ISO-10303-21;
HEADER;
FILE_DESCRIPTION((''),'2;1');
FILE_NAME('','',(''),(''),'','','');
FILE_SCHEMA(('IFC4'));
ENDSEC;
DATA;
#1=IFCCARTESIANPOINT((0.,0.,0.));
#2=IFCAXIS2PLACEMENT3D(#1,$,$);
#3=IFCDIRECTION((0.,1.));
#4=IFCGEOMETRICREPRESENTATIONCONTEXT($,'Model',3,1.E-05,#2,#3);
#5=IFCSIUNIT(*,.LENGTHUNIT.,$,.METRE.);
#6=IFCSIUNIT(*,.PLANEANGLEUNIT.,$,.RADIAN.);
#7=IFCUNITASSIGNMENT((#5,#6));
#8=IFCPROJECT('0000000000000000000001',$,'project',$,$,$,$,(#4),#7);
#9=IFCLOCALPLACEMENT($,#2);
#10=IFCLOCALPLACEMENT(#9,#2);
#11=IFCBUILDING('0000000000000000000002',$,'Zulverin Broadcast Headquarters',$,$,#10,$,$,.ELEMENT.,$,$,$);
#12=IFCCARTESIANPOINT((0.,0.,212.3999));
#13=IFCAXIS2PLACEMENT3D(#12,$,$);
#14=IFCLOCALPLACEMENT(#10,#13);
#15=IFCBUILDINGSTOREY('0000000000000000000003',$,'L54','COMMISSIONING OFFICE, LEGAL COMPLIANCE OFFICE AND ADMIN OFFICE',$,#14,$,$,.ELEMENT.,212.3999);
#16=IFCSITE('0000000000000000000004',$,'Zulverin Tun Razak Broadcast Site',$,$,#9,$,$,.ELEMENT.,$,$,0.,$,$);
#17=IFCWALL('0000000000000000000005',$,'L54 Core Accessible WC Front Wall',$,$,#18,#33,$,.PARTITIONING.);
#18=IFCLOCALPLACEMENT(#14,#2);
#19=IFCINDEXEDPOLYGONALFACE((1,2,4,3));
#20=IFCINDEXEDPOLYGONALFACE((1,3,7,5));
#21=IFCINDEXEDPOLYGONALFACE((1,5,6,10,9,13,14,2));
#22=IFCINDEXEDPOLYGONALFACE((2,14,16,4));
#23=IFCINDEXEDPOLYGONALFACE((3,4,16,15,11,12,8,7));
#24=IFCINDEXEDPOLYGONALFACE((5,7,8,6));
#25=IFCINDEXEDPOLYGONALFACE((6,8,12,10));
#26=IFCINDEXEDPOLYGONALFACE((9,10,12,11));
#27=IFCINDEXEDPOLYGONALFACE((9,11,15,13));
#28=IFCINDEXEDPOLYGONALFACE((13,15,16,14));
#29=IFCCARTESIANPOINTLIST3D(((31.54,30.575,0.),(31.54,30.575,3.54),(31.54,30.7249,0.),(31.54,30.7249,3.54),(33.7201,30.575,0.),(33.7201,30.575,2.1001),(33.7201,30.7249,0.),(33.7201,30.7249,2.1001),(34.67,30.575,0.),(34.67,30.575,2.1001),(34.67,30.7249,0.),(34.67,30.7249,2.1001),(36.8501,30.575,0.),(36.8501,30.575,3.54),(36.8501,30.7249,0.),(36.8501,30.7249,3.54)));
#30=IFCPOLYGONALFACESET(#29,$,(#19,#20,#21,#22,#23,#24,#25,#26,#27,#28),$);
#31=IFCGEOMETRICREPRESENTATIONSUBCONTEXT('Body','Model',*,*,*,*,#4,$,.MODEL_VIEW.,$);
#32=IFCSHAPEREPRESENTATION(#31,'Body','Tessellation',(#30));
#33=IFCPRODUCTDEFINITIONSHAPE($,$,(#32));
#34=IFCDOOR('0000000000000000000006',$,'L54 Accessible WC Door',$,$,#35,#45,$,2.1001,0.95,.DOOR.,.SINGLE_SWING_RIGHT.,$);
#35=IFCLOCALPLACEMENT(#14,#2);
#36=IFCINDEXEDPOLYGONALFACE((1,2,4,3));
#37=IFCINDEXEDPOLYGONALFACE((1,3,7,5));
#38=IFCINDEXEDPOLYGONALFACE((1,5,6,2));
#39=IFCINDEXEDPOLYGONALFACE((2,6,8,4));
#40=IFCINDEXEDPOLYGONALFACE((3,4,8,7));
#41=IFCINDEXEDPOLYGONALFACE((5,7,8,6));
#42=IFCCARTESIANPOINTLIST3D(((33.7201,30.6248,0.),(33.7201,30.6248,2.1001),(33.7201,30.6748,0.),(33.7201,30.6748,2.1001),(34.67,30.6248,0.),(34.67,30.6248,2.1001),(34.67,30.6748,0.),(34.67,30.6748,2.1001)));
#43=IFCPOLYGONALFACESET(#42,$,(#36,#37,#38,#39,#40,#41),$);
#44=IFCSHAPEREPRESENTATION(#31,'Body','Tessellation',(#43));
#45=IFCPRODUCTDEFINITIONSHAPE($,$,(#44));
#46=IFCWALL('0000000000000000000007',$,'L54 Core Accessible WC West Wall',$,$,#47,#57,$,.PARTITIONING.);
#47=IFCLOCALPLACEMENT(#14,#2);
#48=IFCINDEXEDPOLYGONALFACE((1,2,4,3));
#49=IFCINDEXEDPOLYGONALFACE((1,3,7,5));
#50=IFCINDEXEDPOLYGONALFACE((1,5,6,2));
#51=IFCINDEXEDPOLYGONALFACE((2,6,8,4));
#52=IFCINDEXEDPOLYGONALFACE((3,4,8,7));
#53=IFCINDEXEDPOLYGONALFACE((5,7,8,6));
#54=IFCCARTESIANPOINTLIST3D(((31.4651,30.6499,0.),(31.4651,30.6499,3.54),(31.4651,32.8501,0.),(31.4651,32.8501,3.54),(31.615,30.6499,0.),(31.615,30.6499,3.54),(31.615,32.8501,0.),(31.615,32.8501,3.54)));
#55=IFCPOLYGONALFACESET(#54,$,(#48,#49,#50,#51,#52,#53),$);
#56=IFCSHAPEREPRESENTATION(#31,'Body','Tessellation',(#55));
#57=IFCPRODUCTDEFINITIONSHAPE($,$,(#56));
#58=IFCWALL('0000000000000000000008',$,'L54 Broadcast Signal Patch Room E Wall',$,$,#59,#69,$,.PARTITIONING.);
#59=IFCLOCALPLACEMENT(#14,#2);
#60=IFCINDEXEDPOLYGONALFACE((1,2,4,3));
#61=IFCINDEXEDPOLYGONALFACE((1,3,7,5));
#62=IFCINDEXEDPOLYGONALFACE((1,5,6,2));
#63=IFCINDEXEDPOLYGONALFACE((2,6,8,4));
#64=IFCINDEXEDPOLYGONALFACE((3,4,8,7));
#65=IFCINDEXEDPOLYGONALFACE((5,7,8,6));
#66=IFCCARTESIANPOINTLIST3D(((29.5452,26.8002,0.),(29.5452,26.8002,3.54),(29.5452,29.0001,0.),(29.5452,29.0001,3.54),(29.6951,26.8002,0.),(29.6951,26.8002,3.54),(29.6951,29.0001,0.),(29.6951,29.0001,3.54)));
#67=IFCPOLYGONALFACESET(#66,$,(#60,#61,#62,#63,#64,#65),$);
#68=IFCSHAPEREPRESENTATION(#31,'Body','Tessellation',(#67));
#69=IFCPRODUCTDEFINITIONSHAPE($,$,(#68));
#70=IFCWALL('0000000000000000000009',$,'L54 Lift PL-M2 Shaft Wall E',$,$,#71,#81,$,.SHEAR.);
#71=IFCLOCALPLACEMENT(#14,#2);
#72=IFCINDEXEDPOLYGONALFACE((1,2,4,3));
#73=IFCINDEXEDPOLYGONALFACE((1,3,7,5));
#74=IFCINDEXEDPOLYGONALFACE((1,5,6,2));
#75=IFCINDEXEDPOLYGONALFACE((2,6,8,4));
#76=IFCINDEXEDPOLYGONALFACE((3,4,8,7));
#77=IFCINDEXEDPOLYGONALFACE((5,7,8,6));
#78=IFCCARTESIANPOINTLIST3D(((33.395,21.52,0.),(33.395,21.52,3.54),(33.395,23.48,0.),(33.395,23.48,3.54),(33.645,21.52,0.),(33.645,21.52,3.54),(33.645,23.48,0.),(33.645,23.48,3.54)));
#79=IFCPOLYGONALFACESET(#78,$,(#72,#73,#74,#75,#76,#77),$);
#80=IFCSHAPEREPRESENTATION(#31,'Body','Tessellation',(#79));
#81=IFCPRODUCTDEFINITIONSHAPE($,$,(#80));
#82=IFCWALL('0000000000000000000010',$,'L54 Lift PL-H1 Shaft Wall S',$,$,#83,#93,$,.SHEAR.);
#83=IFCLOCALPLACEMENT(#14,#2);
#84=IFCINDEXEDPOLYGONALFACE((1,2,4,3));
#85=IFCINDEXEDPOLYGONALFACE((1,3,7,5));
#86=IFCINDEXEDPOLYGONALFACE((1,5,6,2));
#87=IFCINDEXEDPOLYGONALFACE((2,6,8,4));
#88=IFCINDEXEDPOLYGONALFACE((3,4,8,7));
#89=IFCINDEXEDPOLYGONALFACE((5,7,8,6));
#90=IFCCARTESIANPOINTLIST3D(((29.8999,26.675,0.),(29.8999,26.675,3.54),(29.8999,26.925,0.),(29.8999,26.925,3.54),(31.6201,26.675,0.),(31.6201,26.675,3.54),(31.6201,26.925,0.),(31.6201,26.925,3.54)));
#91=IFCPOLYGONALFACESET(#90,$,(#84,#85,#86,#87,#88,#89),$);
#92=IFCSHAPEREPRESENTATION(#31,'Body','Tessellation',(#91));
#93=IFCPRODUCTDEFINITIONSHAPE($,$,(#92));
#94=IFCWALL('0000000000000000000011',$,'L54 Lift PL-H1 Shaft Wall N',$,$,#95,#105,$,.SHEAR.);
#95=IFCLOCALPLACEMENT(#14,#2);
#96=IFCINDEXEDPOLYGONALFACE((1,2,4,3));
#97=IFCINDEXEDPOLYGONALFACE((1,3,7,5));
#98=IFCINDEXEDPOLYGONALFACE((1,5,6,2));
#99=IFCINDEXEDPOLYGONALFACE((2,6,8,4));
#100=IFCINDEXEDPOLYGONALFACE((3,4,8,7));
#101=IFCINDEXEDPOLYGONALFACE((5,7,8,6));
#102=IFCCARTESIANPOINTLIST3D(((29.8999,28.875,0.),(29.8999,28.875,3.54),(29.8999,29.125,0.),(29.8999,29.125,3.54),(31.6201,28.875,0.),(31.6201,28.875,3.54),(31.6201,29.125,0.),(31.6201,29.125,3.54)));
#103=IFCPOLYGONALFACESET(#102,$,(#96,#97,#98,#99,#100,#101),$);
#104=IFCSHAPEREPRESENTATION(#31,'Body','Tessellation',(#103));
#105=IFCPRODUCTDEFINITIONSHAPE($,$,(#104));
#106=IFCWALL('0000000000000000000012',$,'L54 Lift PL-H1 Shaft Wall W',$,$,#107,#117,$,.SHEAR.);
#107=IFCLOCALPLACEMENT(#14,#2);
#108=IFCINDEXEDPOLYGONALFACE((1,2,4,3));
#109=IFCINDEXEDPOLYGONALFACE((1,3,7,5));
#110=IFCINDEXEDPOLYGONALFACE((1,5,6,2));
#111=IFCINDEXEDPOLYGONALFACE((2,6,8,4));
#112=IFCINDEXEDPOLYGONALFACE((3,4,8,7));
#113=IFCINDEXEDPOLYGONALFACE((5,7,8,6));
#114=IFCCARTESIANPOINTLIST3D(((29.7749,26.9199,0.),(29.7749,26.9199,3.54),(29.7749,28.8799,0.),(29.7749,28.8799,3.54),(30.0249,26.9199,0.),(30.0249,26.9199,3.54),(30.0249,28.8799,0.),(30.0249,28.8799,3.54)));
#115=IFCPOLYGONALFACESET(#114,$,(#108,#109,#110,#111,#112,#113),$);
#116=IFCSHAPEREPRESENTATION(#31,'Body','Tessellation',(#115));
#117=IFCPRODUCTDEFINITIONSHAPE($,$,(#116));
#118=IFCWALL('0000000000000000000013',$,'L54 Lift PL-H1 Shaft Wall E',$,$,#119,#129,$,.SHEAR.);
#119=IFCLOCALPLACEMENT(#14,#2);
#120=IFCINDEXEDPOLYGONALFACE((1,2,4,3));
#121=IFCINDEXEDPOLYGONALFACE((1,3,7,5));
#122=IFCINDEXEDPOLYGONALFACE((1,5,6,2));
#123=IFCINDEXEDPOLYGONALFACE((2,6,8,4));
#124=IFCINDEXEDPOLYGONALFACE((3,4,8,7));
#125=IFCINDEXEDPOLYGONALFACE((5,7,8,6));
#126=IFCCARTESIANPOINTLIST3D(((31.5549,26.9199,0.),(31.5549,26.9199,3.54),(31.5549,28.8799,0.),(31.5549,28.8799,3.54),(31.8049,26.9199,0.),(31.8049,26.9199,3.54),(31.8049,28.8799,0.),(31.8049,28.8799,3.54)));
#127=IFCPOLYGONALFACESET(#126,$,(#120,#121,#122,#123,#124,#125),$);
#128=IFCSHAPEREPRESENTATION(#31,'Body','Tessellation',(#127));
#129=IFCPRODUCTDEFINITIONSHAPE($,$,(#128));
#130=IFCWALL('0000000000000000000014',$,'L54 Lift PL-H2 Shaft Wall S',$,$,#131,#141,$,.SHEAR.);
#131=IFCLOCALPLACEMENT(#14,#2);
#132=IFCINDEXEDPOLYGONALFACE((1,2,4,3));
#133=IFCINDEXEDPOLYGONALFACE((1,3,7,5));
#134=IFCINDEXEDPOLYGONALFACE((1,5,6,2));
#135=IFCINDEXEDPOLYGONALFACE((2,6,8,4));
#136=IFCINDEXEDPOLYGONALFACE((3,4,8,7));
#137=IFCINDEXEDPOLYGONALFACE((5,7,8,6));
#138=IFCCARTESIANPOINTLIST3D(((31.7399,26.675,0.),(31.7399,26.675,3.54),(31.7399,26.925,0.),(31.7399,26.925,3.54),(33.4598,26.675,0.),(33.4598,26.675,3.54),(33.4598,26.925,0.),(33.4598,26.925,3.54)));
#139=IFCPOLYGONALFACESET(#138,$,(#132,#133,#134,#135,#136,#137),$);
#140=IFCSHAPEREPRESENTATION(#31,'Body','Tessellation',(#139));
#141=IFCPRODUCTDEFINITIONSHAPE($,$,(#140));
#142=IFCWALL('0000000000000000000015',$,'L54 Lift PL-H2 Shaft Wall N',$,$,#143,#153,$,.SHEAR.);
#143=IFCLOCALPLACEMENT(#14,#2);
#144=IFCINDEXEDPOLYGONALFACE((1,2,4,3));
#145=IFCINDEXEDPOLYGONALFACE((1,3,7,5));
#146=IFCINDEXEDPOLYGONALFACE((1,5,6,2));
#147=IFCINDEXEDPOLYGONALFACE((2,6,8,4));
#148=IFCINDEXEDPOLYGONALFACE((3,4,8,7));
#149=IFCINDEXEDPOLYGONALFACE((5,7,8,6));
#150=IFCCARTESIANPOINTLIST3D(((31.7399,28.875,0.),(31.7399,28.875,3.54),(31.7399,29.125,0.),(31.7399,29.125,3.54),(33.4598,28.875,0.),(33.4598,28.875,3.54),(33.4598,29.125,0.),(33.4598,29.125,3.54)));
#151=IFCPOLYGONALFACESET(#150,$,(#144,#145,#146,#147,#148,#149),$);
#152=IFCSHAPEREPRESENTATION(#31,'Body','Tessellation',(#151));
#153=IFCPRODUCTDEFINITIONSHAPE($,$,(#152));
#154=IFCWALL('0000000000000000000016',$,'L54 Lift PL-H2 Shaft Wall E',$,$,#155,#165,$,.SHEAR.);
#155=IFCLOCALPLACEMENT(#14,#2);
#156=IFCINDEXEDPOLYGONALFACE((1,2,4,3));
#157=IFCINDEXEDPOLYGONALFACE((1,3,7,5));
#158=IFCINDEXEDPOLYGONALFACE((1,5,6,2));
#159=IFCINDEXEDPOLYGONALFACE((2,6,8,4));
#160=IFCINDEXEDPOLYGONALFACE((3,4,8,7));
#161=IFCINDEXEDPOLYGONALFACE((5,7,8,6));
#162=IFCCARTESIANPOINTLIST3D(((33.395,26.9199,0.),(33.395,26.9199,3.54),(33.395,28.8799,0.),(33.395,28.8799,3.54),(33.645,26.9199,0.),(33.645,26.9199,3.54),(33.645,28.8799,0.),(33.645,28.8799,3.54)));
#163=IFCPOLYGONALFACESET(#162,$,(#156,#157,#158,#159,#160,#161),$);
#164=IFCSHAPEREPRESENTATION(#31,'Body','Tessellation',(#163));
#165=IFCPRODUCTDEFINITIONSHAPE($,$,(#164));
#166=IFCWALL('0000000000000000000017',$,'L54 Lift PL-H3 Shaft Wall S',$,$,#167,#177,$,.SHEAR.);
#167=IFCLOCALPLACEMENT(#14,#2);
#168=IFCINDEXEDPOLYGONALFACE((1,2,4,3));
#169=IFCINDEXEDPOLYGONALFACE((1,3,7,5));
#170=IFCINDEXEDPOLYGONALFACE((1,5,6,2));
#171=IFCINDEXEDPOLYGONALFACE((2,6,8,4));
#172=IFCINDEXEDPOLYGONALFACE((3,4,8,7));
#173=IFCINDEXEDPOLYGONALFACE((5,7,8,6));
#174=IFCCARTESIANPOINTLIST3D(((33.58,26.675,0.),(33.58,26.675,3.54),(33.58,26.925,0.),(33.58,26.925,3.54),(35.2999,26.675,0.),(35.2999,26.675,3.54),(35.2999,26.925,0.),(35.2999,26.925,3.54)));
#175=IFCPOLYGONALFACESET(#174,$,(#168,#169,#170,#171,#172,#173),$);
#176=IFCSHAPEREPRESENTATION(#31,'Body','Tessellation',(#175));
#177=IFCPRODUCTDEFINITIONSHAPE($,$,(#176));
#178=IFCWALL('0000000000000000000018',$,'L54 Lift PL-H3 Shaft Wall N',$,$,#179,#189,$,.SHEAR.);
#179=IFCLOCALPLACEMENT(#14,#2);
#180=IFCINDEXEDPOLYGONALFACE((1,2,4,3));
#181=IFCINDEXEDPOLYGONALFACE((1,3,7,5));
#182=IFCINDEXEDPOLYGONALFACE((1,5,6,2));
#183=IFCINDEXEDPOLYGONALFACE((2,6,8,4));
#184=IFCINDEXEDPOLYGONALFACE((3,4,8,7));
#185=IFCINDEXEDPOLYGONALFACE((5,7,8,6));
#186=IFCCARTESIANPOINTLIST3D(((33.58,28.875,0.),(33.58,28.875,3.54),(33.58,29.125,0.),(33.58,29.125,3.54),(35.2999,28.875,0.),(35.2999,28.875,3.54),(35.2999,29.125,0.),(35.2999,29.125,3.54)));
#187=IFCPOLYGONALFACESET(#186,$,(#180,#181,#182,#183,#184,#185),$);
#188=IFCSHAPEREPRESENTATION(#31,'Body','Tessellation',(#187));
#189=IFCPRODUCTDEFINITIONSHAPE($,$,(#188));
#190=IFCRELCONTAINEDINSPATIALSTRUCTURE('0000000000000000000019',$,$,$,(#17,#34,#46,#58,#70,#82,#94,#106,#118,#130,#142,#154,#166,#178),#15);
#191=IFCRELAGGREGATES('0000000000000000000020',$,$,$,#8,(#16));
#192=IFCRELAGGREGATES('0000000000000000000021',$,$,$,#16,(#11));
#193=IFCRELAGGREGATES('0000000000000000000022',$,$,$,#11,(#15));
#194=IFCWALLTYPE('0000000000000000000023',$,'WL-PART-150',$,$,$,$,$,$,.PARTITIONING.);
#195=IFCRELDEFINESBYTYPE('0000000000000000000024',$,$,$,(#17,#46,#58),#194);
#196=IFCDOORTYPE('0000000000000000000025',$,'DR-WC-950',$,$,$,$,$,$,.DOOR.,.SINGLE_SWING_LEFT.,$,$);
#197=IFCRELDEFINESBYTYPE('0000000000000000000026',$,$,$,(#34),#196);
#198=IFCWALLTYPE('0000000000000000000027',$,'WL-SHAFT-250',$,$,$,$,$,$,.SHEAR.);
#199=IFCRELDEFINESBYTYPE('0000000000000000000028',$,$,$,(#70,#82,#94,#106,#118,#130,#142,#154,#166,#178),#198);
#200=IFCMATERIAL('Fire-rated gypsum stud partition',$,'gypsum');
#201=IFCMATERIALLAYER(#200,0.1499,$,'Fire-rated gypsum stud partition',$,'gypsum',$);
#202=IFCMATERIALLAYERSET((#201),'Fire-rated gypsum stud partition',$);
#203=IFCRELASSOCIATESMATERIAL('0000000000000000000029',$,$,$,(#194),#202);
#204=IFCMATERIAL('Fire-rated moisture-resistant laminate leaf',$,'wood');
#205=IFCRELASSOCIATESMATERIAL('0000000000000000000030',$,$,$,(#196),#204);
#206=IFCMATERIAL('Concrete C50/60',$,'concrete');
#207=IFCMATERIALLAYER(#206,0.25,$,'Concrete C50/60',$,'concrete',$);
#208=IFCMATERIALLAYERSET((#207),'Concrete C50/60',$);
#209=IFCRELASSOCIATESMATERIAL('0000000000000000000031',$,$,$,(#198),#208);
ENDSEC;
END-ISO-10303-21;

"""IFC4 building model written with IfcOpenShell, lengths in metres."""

from ifc_helpers import new_model, si_unit, direction, frame, frame_2d, origin, place, context, subcontext, project, spatial, rectangle, extrude, material, layer, layer_set, type_object, element, fill, save


model = new_model("IFC4")

# Units and contexts
model_context = context("Model", 3, precision=1e-05, world=origin(), true_north=direction((0.0, 1.0)))
body_context = subcontext(model_context, "Body", "Model", "MODEL_VIEW")
ifc_project = project(units=[si_unit("LENGTHUNIT", "METRE"), si_unit("PLANEANGLEUNIT", "RADIAN")], contexts=[model_context])

# Site, building, storey
site_placement = place(None, origin())
site = spatial("IfcSite", under=ifc_project, at=site_placement, Name="Zulverin Tun Razak Broadcast Site", CompositionType="ELEMENT", RefElevation=0.0)
building_placement = place(site_placement, origin())
building = spatial("IfcBuilding", under=site, at=building_placement, Name="Zulverin Broadcast Headquarters", CompositionType="ELEMENT")
storey_placement = place(building_placement, frame((0.0, 0.0, 212.3999)))
storey = spatial("IfcBuildingStorey", under=building, at=storey_placement, Name="L54", Description="COMMISSIONING OFFICE, LEGAL COMPLIANCE OFFICE AND ADMIN OFFICE", CompositionType="ELEMENT", Elevation=212.3999)

# Wall, opening, door
ifc_material_1 = material(Name="Fire-rated gypsum stud partition", Category="gypsum")
ifc_layer_1 = layer(ifc_material_1, 0.1499, Name="Fire-rated gypsum stud partition", Category="gypsum")
ifc_layer_set_1 = layer_set([ifc_layer_1], Name="Fire-rated gypsum stud partition")
wall_type_1 = type_object("IfcWallType", Name="WL-PART-150", PredefinedType="PARTITIONING", material=ifc_layer_set_1)
wall_1_placement = place(storey_placement, frame((31.54, 30.6499, 0.0), z_axis=(0.0, 0.0, 1.0), x_axis=(1.0, 0.0, 0.0)))
wall_1 = element("IfcWall", 1, at=wall_1_placement, inside=storey, type_object=wall_type_1, Name="L54 Core Accessible WC Front Wall", PredefinedType="PARTITIONING", context=body_context, shape_type="SweptSolid", body=[
    extrude(rectangle(XDim=5.3101, YDim=0.1499, at=frame_2d((2.655, 0.0))), origin(), (0.0, 0.0, 1.0), 3.54),
])
opening_1_placement = place(wall_1_placement, frame((2.1799, 0.0, 0.0)))
opening_1 = element("IfcOpeningElement", 2, at=opening_1_placement, cuts=wall_1, PredefinedType="OPENING", context=body_context, shape_type="SweptSolid", body=[
    extrude(rectangle(XDim=0.95, YDim=2.1001, at=frame_2d((0.4751, 1.05))), frame((0.0, 0.085, 0.0), z_axis=(0.0, -1.0, 0.0), x_axis=(1.0, 0.0, 0.0)), (0.0, 0.0, 1.0), 0.1699),
])
ifc_material_2 = material(Name="Fire-rated moisture-resistant laminate leaf", Category="wood")
door_type_1 = type_object("IfcDoorType", Name="DR-WC-950", OperationType="SINGLE_SWING_LEFT", PredefinedType="DOOR", material=ifc_material_2)
door_1_placement = place(opening_1_placement, origin())
door_1 = element("IfcDoor", 3, at=door_1_placement, inside=storey, type_object=door_type_1, Name="L54 Accessible WC Door", OperationType="SINGLE_SWING_RIGHT", OverallHeight=2.1001, OverallWidth=0.95, PredefinedType="DOOR", context=body_context, shape_type="SweptSolid", body=[
    extrude(rectangle(XDim=0.95, YDim=2.1001, at=frame_2d((0.4751, 1.05))), frame((0.0, 0.0249, 0.0), z_axis=(0.0, -1.0, 0.0), x_axis=(1.0, 0.0, 0.0)), (0.0, 0.0, 1.0), 0.05),
])
fill(opening_1, door_1)

# Walls
wall_2_placement = place(storey_placement, frame((31.54, 30.6499, 0.0), z_axis=(0.0, 0.0, 1.0), x_axis=(0.0, 1.0, 0.0)))
element("IfcWall", 4, at=wall_2_placement, inside=storey, type_object=wall_type_1, Name="L54 Core Accessible WC West Wall", PredefinedType="PARTITIONING", context=body_context, shape_type="SweptSolid", body=[
    extrude(rectangle(XDim=2.2002, YDim=0.1499, at=frame_2d((1.1001, 0.0))), origin(), (0.0, 0.0, 1.0), 3.54),
])
wall_3_placement = place(storey_placement, frame((29.6201, 26.8, 0.0), z_axis=(0.0, 0.0, 1.0), x_axis=(0.0, 1.0, 0.0)))
element("IfcWall", 5, at=wall_3_placement, inside=storey, type_object=wall_type_1, Name="L54 Broadcast Signal Patch Room E Wall", PredefinedType="PARTITIONING", context=body_context, shape_type="SweptSolid", body=[
    extrude(rectangle(XDim=2.2, YDim=0.1499, at=frame_2d((1.1001, 0.0))), origin(), (0.0, 0.0, 1.0), 3.54),
])

# Shared definitions
ifc_material_3 = material(Name="Concrete C50/60", Category="concrete")
ifc_layer_2 = layer(ifc_material_3, 0.25, Name="Concrete C50/60", Category="concrete")
ifc_layer_set_2 = layer_set([ifc_layer_2], Name="Concrete C50/60")
wall_type_2 = type_object("IfcWallType", Name="WL-SHAFT-250", PredefinedType="SHEAR", material=ifc_layer_set_2)

# Wall
wall_4_placement = place(storey_placement, frame((33.52, 21.52, 0.0), z_axis=(0.0, 0.0, 1.0), x_axis=(0.0, 1.0, 0.0)))
element("IfcWall", 6, at=wall_4_placement, inside=storey, type_object=wall_type_2, Name="L54 Lift PL-M2 Shaft Wall E", PredefinedType="SHEAR", context=body_context, shape_type="SweptSolid", body=[
    extrude(rectangle(XDim=1.96, YDim=0.25, at=frame_2d((0.98, 0.0))), origin(), (0.0, 0.0, 1.0), 3.54),
])

# Walls
for number, where, z_axis, x_axis, name in (
    (7, (29.8999, 26.8, 0.0), (0.0, 0.0, 1.0), (1.0, 0.0, 0.0), "L54 Lift PL-H1 Shaft Wall S"),
    (8, (29.8999, 29.0, 0.0), (0.0, 0.0, 1.0), (1.0, 0.0, 0.0), "L54 Lift PL-H1 Shaft Wall N"),
):
    element("IfcWall", number, at=place(storey_placement, frame(where, z_axis=z_axis, x_axis=x_axis)), inside=storey, type_object=wall_type_2, Name=name, PredefinedType="SHEAR", context=body_context, shape_type="SweptSolid", body=[
        extrude(rectangle(XDim=1.7202, YDim=0.25, at=frame_2d((0.8601, 0.0))), origin(), (0.0, 0.0, 1.0), 3.54),
    ])
for number, where, z_axis, x_axis, name in (
    (9, (29.8999, 26.9199, 0.0), (0.0, 0.0, 1.0), (0.0, 1.0, 0.0), "L54 Lift PL-H1 Shaft Wall W"),
    (10, (31.6799, 26.9199, 0.0), (0.0, 0.0, 1.0), (0.0, 1.0, 0.0), "L54 Lift PL-H1 Shaft Wall E"),
):
    element("IfcWall", number, at=place(storey_placement, frame(where, z_axis=z_axis, x_axis=x_axis)), inside=storey, type_object=wall_type_2, Name=name, PredefinedType="SHEAR", context=body_context, shape_type="SweptSolid", body=[
        extrude(rectangle(XDim=1.96, YDim=0.25, at=frame_2d((0.98, 0.0))), origin(), (0.0, 0.0, 1.0), 3.54),
    ])
for number, where, z_axis, x_axis, name in (
    (11, (31.74, 26.8, 0.0), (0.0, 0.0, 1.0), (1.0, 0.0, 0.0), "L54 Lift PL-H2 Shaft Wall S"),
    (12, (31.74, 29.0, 0.0), (0.0, 0.0, 1.0), (1.0, 0.0, 0.0), "L54 Lift PL-H2 Shaft Wall N"),
):
    element("IfcWall", number, at=place(storey_placement, frame(where, z_axis=z_axis, x_axis=x_axis)), inside=storey, type_object=wall_type_2, Name=name, PredefinedType="SHEAR", context=body_context, shape_type="SweptSolid", body=[
        extrude(rectangle(XDim=1.72, YDim=0.25, at=frame_2d((0.8599, 0.0))), origin(), (0.0, 0.0, 1.0), 3.54),
    ])
wall_5_placement = place(storey_placement, frame((33.52, 26.9199, 0.0), z_axis=(0.0, 0.0, 1.0), x_axis=(0.0, 1.0, 0.0)))
element("IfcWall", 13, at=wall_5_placement, inside=storey, type_object=wall_type_2, Name="L54 Lift PL-H2 Shaft Wall E", PredefinedType="SHEAR", context=body_context, shape_type="SweptSolid", body=[
    extrude(rectangle(XDim=1.96, YDim=0.25, at=frame_2d((0.98, 0.0))), origin(), (0.0, 0.0, 1.0), 3.54),
])
for number, where, z_axis, x_axis, name in (
    (14, (33.5801, 26.8, 0.0), (0.0, 0.0, 1.0), (1.0, 0.0, 0.0), "L54 Lift PL-H3 Shaft Wall S"),
    (15, (33.5801, 29.0, 0.0), (0.0, 0.0, 1.0), (1.0, 0.0, 0.0), "L54 Lift PL-H3 Shaft Wall N"),
):
    element("IfcWall", number, at=place(storey_placement, frame(where, z_axis=z_axis, x_axis=x_axis)), inside=storey, type_object=wall_type_2, Name=name, PredefinedType="SHEAR", context=body_context, shape_type="SweptSolid", body=[
        extrude(rectangle(XDim=1.72, YDim=0.25, at=frame_2d((0.8599, 0.0))), origin(), (0.0, 0.0, 1.0), 3.54),
    ])

save(model, "model.ifc")
